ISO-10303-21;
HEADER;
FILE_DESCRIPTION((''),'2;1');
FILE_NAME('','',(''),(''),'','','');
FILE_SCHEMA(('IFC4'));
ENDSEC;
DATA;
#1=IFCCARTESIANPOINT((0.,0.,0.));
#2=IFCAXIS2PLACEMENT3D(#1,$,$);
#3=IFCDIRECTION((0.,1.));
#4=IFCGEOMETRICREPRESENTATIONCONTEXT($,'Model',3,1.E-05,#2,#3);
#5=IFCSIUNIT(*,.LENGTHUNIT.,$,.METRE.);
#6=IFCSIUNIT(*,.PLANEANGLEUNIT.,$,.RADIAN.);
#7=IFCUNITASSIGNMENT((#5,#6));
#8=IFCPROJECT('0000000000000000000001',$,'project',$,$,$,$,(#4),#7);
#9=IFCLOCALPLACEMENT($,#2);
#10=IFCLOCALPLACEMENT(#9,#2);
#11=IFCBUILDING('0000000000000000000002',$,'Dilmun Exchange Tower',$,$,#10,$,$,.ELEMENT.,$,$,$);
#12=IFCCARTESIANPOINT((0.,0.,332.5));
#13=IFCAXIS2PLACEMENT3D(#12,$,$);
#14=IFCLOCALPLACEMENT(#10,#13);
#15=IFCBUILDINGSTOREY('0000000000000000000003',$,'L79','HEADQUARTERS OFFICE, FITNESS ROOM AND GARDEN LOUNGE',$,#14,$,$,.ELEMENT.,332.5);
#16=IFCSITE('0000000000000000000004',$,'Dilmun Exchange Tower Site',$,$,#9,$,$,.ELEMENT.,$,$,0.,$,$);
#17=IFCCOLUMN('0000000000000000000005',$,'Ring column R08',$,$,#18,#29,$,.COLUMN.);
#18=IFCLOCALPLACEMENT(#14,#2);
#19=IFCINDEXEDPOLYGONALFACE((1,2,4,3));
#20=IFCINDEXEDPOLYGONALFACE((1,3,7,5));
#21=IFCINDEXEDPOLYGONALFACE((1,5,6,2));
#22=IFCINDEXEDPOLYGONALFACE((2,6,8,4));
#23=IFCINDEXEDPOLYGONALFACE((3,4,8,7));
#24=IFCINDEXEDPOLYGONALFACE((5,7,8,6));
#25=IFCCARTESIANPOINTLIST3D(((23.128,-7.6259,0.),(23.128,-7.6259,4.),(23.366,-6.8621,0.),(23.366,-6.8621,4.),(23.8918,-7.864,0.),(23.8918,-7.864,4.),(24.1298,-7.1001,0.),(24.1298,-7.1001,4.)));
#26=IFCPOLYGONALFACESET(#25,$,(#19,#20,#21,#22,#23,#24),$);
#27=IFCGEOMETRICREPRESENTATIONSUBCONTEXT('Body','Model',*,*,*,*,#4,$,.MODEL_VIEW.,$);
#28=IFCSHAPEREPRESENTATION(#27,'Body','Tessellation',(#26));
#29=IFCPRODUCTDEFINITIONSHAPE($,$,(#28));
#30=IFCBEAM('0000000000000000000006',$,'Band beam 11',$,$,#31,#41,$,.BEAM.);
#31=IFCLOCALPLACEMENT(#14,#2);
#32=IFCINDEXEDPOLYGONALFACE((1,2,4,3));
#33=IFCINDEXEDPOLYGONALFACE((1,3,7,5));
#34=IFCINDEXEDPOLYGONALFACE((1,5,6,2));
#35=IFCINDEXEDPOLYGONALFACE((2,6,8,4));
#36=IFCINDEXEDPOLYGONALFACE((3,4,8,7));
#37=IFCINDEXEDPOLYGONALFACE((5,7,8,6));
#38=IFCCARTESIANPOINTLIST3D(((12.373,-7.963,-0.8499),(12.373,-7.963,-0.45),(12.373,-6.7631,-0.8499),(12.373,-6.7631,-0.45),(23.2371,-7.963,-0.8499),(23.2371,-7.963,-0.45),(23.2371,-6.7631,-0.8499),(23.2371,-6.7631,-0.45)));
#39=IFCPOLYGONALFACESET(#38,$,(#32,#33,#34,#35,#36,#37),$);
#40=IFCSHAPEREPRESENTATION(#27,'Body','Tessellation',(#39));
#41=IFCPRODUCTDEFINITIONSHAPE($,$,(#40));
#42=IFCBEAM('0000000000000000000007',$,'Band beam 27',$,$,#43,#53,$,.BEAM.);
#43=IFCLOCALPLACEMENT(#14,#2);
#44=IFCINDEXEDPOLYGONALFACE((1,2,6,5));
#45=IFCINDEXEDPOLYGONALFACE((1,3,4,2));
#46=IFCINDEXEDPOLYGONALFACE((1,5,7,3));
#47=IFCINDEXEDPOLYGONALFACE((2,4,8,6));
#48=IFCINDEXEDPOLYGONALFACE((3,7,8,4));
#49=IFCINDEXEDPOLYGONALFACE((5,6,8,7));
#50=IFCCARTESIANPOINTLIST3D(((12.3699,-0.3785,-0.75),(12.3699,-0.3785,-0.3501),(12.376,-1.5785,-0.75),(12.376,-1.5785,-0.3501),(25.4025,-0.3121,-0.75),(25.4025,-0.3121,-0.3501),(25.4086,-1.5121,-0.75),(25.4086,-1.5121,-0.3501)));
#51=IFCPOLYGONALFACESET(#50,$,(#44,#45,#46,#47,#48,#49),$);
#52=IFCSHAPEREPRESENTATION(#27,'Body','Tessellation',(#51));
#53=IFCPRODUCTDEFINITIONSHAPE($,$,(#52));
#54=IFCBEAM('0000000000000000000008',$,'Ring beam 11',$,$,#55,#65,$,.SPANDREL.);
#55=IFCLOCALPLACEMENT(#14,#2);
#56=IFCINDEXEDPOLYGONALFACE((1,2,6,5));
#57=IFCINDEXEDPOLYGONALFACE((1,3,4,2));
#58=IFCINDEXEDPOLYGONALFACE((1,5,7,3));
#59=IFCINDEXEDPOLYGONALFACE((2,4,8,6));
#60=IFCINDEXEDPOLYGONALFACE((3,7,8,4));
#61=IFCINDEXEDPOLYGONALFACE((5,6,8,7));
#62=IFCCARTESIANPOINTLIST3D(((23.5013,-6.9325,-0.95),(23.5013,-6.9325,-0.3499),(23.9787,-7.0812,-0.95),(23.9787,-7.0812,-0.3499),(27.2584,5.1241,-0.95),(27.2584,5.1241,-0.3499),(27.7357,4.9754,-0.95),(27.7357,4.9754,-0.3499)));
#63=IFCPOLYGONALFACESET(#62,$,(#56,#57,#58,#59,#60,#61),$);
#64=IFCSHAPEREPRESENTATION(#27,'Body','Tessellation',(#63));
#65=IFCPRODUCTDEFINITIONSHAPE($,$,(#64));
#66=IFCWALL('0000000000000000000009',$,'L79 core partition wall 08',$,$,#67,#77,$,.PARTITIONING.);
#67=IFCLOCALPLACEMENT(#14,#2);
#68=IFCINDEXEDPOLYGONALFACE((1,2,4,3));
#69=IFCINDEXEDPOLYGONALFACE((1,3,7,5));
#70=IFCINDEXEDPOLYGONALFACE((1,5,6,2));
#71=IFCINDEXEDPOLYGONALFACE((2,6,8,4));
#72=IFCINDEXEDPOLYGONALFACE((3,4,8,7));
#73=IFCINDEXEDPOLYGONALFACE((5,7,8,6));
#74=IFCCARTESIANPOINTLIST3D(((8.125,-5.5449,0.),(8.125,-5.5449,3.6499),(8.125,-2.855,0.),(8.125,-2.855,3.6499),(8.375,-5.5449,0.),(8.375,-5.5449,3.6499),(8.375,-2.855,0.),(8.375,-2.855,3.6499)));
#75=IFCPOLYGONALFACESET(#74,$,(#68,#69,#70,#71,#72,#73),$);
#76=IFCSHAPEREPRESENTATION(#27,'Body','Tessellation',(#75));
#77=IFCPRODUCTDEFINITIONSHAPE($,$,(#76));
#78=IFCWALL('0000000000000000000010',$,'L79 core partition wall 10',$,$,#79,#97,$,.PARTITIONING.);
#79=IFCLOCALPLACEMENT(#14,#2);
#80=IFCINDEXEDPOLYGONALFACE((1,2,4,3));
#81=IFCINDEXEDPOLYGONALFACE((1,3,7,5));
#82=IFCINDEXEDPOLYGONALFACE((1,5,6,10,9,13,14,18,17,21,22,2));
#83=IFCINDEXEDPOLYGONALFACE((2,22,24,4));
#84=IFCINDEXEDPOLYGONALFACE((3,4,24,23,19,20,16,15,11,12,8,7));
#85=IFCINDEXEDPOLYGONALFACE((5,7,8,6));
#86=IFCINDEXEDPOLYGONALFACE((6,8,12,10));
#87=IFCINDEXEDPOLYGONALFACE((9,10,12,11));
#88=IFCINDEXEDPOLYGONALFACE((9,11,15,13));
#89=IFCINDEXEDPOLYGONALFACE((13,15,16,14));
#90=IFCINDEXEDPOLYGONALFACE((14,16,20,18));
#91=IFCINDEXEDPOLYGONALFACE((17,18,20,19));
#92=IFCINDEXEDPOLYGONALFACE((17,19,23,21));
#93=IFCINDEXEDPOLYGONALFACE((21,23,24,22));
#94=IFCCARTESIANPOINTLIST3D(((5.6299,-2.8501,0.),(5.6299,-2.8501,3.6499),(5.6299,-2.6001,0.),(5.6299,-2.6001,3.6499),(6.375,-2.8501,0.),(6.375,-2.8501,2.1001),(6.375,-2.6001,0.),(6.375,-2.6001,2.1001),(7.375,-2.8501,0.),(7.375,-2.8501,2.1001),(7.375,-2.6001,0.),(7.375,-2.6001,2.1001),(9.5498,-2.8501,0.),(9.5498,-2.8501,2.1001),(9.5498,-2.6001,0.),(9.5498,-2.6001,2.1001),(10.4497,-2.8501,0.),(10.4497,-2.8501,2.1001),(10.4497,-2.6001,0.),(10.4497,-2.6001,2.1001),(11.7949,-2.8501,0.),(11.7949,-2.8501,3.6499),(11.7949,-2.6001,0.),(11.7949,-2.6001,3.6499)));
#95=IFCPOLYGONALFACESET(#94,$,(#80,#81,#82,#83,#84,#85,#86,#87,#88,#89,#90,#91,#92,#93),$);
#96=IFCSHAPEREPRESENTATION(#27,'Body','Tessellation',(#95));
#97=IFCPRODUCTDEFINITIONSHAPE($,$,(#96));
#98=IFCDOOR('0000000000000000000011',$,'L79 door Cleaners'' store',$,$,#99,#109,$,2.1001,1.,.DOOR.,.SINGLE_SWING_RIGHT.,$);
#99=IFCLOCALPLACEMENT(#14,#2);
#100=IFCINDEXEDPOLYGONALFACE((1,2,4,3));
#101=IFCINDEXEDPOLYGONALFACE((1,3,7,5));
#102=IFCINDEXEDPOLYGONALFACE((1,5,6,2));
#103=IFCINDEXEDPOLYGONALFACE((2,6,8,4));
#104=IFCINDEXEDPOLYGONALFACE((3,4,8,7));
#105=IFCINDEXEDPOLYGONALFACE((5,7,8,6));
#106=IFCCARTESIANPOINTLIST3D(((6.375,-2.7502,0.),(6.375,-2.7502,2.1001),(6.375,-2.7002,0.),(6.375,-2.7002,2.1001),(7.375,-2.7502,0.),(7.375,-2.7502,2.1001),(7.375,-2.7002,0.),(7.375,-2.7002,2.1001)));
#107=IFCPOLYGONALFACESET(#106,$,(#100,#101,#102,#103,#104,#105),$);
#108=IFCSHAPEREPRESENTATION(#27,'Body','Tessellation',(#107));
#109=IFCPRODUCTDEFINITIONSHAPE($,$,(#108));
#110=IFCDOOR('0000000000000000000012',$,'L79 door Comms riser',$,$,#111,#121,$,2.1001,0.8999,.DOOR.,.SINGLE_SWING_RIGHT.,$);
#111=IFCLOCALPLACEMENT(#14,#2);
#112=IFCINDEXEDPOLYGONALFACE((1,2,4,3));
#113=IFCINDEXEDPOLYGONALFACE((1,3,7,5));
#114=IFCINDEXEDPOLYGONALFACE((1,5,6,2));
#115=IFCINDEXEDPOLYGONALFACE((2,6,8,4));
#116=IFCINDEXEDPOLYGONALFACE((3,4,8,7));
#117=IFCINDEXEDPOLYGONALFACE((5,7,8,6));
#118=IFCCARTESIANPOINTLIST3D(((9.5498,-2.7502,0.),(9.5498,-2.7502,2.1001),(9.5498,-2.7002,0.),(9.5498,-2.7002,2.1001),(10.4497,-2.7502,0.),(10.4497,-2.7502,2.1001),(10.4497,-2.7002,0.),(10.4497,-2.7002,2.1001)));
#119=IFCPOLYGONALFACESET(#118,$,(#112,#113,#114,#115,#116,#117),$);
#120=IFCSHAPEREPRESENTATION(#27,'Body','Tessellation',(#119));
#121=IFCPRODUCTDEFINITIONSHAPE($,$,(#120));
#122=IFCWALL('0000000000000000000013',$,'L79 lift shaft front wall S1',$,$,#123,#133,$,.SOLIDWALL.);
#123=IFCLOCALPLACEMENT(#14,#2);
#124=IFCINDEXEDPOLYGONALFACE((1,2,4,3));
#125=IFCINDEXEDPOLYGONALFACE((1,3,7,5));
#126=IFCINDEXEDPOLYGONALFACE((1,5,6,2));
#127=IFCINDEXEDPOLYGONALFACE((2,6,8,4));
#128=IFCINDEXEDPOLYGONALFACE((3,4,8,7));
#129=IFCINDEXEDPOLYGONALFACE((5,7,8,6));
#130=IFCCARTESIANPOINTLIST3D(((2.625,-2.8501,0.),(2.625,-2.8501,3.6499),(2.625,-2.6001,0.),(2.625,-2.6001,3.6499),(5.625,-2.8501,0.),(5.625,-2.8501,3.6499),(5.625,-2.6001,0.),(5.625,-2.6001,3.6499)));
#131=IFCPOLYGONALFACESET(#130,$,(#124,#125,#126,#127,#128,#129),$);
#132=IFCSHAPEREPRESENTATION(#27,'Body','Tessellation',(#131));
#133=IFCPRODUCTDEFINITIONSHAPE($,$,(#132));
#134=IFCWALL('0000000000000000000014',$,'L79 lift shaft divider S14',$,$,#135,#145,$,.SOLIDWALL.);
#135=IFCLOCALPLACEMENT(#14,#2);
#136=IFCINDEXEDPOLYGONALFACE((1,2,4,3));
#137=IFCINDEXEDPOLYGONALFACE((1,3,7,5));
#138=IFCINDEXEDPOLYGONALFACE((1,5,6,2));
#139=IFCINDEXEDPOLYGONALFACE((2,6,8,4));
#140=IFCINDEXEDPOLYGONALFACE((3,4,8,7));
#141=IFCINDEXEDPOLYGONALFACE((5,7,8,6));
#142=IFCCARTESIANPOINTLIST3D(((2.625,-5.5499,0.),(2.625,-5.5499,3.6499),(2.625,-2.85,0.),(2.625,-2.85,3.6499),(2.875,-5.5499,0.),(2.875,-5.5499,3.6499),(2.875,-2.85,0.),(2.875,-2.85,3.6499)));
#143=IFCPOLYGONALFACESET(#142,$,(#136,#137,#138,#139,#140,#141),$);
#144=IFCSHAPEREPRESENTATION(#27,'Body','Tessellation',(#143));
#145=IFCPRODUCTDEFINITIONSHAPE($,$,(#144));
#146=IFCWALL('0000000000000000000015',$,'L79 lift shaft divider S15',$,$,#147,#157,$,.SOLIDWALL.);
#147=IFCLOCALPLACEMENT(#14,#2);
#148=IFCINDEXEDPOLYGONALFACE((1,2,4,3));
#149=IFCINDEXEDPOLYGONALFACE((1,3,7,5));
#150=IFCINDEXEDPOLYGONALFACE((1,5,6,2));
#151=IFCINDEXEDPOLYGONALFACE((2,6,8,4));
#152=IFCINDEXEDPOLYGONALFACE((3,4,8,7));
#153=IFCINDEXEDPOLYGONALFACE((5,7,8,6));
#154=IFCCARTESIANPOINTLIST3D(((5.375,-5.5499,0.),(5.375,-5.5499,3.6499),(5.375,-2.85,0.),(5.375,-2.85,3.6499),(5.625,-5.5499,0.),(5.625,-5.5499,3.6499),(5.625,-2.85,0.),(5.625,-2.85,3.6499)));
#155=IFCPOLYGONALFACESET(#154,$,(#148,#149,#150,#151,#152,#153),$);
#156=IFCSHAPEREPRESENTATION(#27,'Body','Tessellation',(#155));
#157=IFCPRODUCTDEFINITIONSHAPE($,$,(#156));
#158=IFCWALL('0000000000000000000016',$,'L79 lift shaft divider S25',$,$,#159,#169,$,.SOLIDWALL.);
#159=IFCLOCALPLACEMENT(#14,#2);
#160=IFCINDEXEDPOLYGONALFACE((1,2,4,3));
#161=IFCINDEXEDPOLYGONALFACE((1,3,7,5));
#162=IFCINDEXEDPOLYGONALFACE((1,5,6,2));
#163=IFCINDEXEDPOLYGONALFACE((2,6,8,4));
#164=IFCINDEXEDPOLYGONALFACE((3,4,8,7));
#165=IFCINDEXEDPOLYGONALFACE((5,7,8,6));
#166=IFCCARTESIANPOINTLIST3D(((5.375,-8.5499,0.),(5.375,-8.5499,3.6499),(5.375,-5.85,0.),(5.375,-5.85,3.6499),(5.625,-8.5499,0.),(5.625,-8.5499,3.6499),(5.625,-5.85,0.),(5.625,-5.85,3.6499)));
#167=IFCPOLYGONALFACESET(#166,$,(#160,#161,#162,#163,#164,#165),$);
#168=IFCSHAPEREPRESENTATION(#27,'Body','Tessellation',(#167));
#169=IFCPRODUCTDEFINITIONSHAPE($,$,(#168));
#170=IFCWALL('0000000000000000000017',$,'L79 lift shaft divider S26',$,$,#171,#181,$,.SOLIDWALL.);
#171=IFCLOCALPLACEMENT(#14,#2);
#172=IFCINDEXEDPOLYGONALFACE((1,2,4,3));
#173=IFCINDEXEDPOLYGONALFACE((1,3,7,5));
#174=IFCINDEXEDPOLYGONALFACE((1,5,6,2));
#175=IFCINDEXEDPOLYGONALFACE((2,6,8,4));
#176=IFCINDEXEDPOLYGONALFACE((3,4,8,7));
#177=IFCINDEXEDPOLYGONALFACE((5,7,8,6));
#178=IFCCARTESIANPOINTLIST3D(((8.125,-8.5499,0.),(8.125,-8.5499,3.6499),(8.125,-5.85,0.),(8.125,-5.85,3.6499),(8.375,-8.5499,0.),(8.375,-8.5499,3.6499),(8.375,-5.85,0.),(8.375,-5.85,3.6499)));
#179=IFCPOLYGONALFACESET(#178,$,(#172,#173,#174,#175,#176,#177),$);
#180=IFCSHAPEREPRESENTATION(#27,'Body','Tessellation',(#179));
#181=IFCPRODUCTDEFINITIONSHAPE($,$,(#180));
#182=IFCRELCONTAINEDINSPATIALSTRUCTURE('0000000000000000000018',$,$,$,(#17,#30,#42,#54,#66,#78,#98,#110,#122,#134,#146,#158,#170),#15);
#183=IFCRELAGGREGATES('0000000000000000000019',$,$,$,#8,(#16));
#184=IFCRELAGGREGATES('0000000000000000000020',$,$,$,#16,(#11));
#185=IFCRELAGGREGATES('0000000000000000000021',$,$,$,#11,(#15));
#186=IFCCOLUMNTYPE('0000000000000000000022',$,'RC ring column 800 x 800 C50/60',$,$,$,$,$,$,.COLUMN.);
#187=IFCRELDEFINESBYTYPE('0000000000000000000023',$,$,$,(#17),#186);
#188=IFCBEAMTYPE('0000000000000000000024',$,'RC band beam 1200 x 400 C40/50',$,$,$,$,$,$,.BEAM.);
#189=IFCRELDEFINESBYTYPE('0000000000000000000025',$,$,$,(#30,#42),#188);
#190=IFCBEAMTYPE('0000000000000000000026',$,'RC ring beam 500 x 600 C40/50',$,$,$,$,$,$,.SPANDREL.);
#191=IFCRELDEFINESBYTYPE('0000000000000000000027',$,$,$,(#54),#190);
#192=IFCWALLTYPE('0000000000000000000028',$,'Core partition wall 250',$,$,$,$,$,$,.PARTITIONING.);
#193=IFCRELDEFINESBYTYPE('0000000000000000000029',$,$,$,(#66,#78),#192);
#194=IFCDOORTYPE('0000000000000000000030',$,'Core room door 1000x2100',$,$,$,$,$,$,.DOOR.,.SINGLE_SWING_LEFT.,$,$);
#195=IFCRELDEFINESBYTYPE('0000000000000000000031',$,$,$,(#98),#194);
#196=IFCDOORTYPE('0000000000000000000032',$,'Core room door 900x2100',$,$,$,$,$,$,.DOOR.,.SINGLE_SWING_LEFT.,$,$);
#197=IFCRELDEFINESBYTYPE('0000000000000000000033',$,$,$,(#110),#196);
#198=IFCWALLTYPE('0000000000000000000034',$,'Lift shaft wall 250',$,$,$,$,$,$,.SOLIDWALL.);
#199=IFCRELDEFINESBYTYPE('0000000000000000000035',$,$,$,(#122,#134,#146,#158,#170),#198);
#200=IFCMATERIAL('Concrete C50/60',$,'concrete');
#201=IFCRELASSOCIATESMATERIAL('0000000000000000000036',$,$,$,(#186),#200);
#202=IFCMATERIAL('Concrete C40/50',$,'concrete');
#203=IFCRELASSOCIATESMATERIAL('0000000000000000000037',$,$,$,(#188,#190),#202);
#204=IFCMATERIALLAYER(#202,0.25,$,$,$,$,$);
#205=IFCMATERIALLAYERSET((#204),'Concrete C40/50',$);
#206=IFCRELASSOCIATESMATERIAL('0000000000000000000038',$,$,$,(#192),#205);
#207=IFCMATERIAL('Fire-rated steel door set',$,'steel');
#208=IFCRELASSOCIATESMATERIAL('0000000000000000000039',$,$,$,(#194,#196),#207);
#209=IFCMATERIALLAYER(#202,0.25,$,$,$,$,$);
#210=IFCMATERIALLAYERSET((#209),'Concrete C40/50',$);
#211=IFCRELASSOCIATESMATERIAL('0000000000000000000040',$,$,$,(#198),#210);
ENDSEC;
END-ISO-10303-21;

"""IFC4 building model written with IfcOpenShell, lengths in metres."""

from ifc_helpers import new_model, si_unit, direction, frame, frame_2d, origin, origin_2d, place, context, subcontext, project, spatial, rectangle, extrude, material, layer, layer_set, material_profile, profile_set, type_object, element, fill, save


model = new_model("IFC4")

# Units and contexts
model_context = context("Model", 3, precision=1e-05, world=origin(), true_north=direction((0.0, 1.0)))
body_context = subcontext(model_context, "Body", "Model", "MODEL_VIEW")
ifc_project = project(units=[si_unit("LENGTHUNIT", "METRE"), si_unit("PLANEANGLEUNIT", "RADIAN")], contexts=[model_context])

# Site, building, storey
site_placement = place(None, origin())
site = spatial("IfcSite", under=ifc_project, at=site_placement, Name="Dilmun Exchange Tower Site", CompositionType="ELEMENT", RefElevation=0.0)
building_placement = place(site_placement, origin())
building = spatial("IfcBuilding", under=site, at=building_placement, Name="Dilmun Exchange Tower", CompositionType="ELEMENT")
storey_placement = place(building_placement, frame((0.0, 0.0, 332.5)))
storey = spatial("IfcBuildingStorey", under=building, at=storey_placement, Name="L79", Description="HEADQUARTERS OFFICE, FITNESS ROOM AND GARDEN LOUNGE", CompositionType="ELEMENT", Elevation=332.5)

# Column
ifc_material_1 = material(Name="Concrete C50/60", Category="concrete")
ifc_material_profile_1 = material_profile(ifc_material_1, rectangle(XDim=0.8, YDim=0.8, at=origin_2d()), Name="800 x 800")
ifc_profile_set_1 = profile_set([ifc_material_profile_1], Name="Concrete C50/60")
column_type = type_object("IfcColumnType", Name="RC ring column 800 x 800 C50/60", PredefinedType="COLUMN", material=ifc_profile_set_1)
column_placement = place(storey_placement, frame((23.6289, -7.363, 0.0), z_axis=(0.0, 0.0, 1.0), x_axis=(0.297503, 0.954721, 0.0)))
element("IfcColumn", 1, at=column_placement, inside=storey, type_object=column_type, Name="Ring column R08", PredefinedType="COLUMN", context=body_context, shape_type="SweptSolid", body=[
    extrude(rectangle(XDim=0.8, YDim=0.8, at=origin_2d()), origin(), (0.0, 0.0, 1.0), 4.0),
])

# Beams
ifc_material_2 = material(Name="Concrete C40/50", Category="concrete")
ifc_material_profile_2 = material_profile(ifc_material_2, rectangle(XDim=1.2, YDim=0.3999, at=origin_2d()), Name="1200 x 400")
ifc_profile_set_2 = profile_set([ifc_material_profile_2], Name="Concrete C40/50")
beam_type_1 = type_object("IfcBeamType", Name="RC band beam 1200 x 400 C40/50", PredefinedType="BEAM", material=ifc_profile_set_2)
beam_1_placement = place(storey_placement, frame((23.2371, -7.363, -0.6499), z_axis=(-1.0, 0.0, 0.0), x_axis=(0.0, -1.0, 0.0)))
element("IfcBeam", 2, at=beam_1_placement, inside=storey, type_object=beam_type_1, Name="Band beam 11", PredefinedType="BEAM", context=body_context, shape_type="SweptSolid", body=[
    extrude(rectangle(XDim=1.2, YDim=0.3999, at=origin_2d()), origin(), (0.0, 0.0, 1.0), 10.864),
])
beam_2_placement = place(storey_placement, frame((25.4055, -0.9121, -0.55), z_axis=(-0.999987, -0.005095, 0.0), x_axis=(0.005095, -0.999987, 0.0)))
element("IfcBeam", 3, at=beam_2_placement, inside=storey, type_object=beam_type_1, Name="Band beam 27", PredefinedType="BEAM", context=body_context, shape_type="SweptSolid", body=[
    extrude(rectangle(XDim=1.2, YDim=0.3999, at=origin_2d()), origin(), (0.0, 0.0, 1.0), 13.0327),
])
ifc_material_profile_3 = material_profile(ifc_material_2, rectangle(XDim=0.5, YDim=0.6001, at=origin_2d()), Name="500 x 600")
ifc_profile_set_3 = profile_set([ifc_material_profile_3], Name="Concrete C40/50")
beam_type_2 = type_object("IfcBeamType", Name="RC ring beam 500 x 600 C40/50", PredefinedType="SPANDREL", material=ifc_profile_set_3)
beam_3_placement = place(storey_placement, frame((23.74, -7.0068, -0.6499), z_axis=(0.297509, 0.954719, 0.0), x_axis=(-0.954719, 0.297509, 0.0)))
element("IfcBeam", 4, at=beam_3_placement, inside=storey, type_object=beam_type_2, Name="Ring beam 11", PredefinedType="SPANDREL", context=body_context, shape_type="SweptSolid", body=[
    extrude(rectangle(XDim=0.5, YDim=0.6001, at=origin_2d()), origin(), (0.0, 0.0, 1.0), 12.6284),
])

# Wall
ifc_layer_1 = layer(ifc_material_2, 0.25)
ifc_layer_set_1 = layer_set([ifc_layer_1], Name="Concrete C40/50")
wall_type_1 = type_object("IfcWallType", Name="Core partition wall 250", PredefinedType="PARTITIONING", material=ifc_layer_set_1)
wall_1_placement = place(storey_placement, frame((8.25, -5.5449, 0.0), z_axis=(0.0, 0.0, 1.0), x_axis=(0.0, 1.0, 0.0)))
element("IfcWall", 5, at=wall_1_placement, inside=storey, type_object=wall_type_1, Name="L79 core partition wall 08", PredefinedType="PARTITIONING", context=body_context, shape_type="SweptSolid", body=[
    extrude(rectangle(XDim=2.6899, YDim=0.25, at=frame_2d((1.345, 0.0))), origin(), (0.0, 0.0, 1.0), 3.6499),
])

# Wall, openings, doors
wall_2_placement = place(storey_placement, frame((5.6299, -2.7251, 0.0), z_axis=(0.0, 0.0, 1.0), x_axis=(1.0, 0.0, 0.0)))
wall_2 = element("IfcWall", 6, at=wall_2_placement, inside=storey, type_object=wall_type_1, Name="L79 core partition wall 10", PredefinedType="PARTITIONING", context=body_context, shape_type="SweptSolid", body=[
    extrude(rectangle(XDim=6.165, YDim=0.25, at=frame_2d((3.0825, 0.0))), origin(), (0.0, 0.0, 1.0), 3.6499),
])
opening_1_placement = place(wall_2_placement, frame((0.7451, 0.0, 0.0)))
opening_1 = element("IfcOpeningElement", 7, at=opening_1_placement, cuts=wall_2, PredefinedType="OPENING", context=body_context, shape_type="SweptSolid", body=[
    extrude(rectangle(XDim=1.0, YDim=2.1001, at=frame_2d((0.5, 1.05))), frame((0.0, 0.135, 0.0), z_axis=(0.0, -1.0, 0.0), x_axis=(1.0, 0.0, 0.0)), (0.0, 0.0, 1.0), 0.27),
])
opening_2_placement = place(wall_2_placement, frame((3.9199, 0.0, 0.0)))
opening_2 = element("IfcOpeningElement", 8, at=opening_2_placement, cuts=wall_2, PredefinedType="OPENING", context=body_context, shape_type="SweptSolid", body=[
    extrude(rectangle(XDim=0.8999, YDim=2.1001, at=frame_2d((0.45, 1.05))), frame((0.0, 0.135, 0.0), z_axis=(0.0, -1.0, 0.0), x_axis=(1.0, 0.0, 0.0)), (0.0, 0.0, 1.0), 0.27),
])
ifc_material_3 = material(Name="Fire-rated steel door set", Category="steel")
door_type_1 = type_object("IfcDoorType", Name="Core room door 1000x2100", OperationType="SINGLE_SWING_LEFT", PredefinedType="DOOR", material=ifc_material_3)
door_1_placement = place(opening_1_placement, origin())
door_1 = element("IfcDoor", 9, at=door_1_placement, inside=storey, type_object=door_type_1, Name="L79 door Cleaners' store", OperationType="SINGLE_SWING_RIGHT", OverallHeight=2.1001, OverallWidth=1.0, PredefinedType="DOOR", context=body_context, shape_type="SweptSolid", body=[
    extrude(rectangle(XDim=1.0, YDim=2.1001, at=frame_2d((0.5, 1.05))), frame((0.0, 0.0249, 0.0), z_axis=(0.0, -1.0, 0.0), x_axis=(1.0, 0.0, 0.0)), (0.0, 0.0, 1.0), 0.05),
])
fill(opening_1, door_1)
door_type_2 = type_object("IfcDoorType", Name="Core room door 900x2100", OperationType="SINGLE_SWING_LEFT", PredefinedType="DOOR", material=ifc_material_3)
door_2_placement = place(opening_2_placement, origin())
door_2 = element("IfcDoor", 10, at=door_2_placement, inside=storey, type_object=door_type_2, Name="L79 door Comms riser", OperationType="SINGLE_SWING_RIGHT", OverallHeight=2.1001, OverallWidth=0.8999, PredefinedType="DOOR", context=body_context, shape_type="SweptSolid", body=[
    extrude(rectangle(XDim=0.8999, YDim=2.1001, at=frame_2d((0.45, 1.05))), frame((0.0, 0.0249, 0.0), z_axis=(0.0, -1.0, 0.0), x_axis=(1.0, 0.0, 0.0)), (0.0, 0.0, 1.0), 0.05),
])
fill(opening_2, door_2)

# Walls
ifc_layer_2 = layer(ifc_material_2, 0.25)
ifc_layer_set_2 = layer_set([ifc_layer_2], Name="Concrete C40/50")
wall_type_2 = type_object("IfcWallType", Name="Lift shaft wall 250", PredefinedType="SOLIDWALL", material=ifc_layer_set_2)
wall_3_placement = place(storey_placement, frame((2.625, -2.7251, 0.0), z_axis=(0.0, 0.0, 1.0), x_axis=(1.0, 0.0, 0.0)))
element("IfcWall", 11, at=wall_3_placement, inside=storey, type_object=wall_type_2, Name="L79 lift shaft front wall S1", PredefinedType="SOLIDWALL", context=body_context, shape_type="SweptSolid", body=[
    extrude(rectangle(XDim=3.0, YDim=0.25, at=frame_2d((1.5, 0.0))), origin(), (0.0, 0.0, 1.0), 3.6499),
])
for number, where, z_axis, x_axis, name in (
    (12, (2.75, -5.55, 0.0), (0.0, 0.0, 1.0), (0.0, 1.0, 0.0), "L79 lift shaft divider S14"),
    (13, (5.5, -5.55, 0.0), (0.0, 0.0, 1.0), (0.0, 1.0, 0.0), "L79 lift shaft divider S15"),
    (14, (5.5, -8.55, 0.0), (0.0, 0.0, 1.0), (0.0, 1.0, 0.0), "L79 lift shaft divider S25"),
    (15, (8.25, -8.55, 0.0), (0.0, 0.0, 1.0), (0.0, 1.0, 0.0), "L79 lift shaft divider S26"),
):
    element("IfcWall", number, at=place(storey_placement, frame(where, z_axis=z_axis, x_axis=x_axis)), inside=storey, type_object=wall_type_2, Name=name, PredefinedType="SOLIDWALL", context=body_context, shape_type="SweptSolid", body=[
        extrude(rectangle(XDim=2.7, YDim=0.25, at=frame_2d((1.3501, 0.0))), origin(), (0.0, 0.0, 1.0), 3.6499),
    ])

save(model, "model.ifc")
